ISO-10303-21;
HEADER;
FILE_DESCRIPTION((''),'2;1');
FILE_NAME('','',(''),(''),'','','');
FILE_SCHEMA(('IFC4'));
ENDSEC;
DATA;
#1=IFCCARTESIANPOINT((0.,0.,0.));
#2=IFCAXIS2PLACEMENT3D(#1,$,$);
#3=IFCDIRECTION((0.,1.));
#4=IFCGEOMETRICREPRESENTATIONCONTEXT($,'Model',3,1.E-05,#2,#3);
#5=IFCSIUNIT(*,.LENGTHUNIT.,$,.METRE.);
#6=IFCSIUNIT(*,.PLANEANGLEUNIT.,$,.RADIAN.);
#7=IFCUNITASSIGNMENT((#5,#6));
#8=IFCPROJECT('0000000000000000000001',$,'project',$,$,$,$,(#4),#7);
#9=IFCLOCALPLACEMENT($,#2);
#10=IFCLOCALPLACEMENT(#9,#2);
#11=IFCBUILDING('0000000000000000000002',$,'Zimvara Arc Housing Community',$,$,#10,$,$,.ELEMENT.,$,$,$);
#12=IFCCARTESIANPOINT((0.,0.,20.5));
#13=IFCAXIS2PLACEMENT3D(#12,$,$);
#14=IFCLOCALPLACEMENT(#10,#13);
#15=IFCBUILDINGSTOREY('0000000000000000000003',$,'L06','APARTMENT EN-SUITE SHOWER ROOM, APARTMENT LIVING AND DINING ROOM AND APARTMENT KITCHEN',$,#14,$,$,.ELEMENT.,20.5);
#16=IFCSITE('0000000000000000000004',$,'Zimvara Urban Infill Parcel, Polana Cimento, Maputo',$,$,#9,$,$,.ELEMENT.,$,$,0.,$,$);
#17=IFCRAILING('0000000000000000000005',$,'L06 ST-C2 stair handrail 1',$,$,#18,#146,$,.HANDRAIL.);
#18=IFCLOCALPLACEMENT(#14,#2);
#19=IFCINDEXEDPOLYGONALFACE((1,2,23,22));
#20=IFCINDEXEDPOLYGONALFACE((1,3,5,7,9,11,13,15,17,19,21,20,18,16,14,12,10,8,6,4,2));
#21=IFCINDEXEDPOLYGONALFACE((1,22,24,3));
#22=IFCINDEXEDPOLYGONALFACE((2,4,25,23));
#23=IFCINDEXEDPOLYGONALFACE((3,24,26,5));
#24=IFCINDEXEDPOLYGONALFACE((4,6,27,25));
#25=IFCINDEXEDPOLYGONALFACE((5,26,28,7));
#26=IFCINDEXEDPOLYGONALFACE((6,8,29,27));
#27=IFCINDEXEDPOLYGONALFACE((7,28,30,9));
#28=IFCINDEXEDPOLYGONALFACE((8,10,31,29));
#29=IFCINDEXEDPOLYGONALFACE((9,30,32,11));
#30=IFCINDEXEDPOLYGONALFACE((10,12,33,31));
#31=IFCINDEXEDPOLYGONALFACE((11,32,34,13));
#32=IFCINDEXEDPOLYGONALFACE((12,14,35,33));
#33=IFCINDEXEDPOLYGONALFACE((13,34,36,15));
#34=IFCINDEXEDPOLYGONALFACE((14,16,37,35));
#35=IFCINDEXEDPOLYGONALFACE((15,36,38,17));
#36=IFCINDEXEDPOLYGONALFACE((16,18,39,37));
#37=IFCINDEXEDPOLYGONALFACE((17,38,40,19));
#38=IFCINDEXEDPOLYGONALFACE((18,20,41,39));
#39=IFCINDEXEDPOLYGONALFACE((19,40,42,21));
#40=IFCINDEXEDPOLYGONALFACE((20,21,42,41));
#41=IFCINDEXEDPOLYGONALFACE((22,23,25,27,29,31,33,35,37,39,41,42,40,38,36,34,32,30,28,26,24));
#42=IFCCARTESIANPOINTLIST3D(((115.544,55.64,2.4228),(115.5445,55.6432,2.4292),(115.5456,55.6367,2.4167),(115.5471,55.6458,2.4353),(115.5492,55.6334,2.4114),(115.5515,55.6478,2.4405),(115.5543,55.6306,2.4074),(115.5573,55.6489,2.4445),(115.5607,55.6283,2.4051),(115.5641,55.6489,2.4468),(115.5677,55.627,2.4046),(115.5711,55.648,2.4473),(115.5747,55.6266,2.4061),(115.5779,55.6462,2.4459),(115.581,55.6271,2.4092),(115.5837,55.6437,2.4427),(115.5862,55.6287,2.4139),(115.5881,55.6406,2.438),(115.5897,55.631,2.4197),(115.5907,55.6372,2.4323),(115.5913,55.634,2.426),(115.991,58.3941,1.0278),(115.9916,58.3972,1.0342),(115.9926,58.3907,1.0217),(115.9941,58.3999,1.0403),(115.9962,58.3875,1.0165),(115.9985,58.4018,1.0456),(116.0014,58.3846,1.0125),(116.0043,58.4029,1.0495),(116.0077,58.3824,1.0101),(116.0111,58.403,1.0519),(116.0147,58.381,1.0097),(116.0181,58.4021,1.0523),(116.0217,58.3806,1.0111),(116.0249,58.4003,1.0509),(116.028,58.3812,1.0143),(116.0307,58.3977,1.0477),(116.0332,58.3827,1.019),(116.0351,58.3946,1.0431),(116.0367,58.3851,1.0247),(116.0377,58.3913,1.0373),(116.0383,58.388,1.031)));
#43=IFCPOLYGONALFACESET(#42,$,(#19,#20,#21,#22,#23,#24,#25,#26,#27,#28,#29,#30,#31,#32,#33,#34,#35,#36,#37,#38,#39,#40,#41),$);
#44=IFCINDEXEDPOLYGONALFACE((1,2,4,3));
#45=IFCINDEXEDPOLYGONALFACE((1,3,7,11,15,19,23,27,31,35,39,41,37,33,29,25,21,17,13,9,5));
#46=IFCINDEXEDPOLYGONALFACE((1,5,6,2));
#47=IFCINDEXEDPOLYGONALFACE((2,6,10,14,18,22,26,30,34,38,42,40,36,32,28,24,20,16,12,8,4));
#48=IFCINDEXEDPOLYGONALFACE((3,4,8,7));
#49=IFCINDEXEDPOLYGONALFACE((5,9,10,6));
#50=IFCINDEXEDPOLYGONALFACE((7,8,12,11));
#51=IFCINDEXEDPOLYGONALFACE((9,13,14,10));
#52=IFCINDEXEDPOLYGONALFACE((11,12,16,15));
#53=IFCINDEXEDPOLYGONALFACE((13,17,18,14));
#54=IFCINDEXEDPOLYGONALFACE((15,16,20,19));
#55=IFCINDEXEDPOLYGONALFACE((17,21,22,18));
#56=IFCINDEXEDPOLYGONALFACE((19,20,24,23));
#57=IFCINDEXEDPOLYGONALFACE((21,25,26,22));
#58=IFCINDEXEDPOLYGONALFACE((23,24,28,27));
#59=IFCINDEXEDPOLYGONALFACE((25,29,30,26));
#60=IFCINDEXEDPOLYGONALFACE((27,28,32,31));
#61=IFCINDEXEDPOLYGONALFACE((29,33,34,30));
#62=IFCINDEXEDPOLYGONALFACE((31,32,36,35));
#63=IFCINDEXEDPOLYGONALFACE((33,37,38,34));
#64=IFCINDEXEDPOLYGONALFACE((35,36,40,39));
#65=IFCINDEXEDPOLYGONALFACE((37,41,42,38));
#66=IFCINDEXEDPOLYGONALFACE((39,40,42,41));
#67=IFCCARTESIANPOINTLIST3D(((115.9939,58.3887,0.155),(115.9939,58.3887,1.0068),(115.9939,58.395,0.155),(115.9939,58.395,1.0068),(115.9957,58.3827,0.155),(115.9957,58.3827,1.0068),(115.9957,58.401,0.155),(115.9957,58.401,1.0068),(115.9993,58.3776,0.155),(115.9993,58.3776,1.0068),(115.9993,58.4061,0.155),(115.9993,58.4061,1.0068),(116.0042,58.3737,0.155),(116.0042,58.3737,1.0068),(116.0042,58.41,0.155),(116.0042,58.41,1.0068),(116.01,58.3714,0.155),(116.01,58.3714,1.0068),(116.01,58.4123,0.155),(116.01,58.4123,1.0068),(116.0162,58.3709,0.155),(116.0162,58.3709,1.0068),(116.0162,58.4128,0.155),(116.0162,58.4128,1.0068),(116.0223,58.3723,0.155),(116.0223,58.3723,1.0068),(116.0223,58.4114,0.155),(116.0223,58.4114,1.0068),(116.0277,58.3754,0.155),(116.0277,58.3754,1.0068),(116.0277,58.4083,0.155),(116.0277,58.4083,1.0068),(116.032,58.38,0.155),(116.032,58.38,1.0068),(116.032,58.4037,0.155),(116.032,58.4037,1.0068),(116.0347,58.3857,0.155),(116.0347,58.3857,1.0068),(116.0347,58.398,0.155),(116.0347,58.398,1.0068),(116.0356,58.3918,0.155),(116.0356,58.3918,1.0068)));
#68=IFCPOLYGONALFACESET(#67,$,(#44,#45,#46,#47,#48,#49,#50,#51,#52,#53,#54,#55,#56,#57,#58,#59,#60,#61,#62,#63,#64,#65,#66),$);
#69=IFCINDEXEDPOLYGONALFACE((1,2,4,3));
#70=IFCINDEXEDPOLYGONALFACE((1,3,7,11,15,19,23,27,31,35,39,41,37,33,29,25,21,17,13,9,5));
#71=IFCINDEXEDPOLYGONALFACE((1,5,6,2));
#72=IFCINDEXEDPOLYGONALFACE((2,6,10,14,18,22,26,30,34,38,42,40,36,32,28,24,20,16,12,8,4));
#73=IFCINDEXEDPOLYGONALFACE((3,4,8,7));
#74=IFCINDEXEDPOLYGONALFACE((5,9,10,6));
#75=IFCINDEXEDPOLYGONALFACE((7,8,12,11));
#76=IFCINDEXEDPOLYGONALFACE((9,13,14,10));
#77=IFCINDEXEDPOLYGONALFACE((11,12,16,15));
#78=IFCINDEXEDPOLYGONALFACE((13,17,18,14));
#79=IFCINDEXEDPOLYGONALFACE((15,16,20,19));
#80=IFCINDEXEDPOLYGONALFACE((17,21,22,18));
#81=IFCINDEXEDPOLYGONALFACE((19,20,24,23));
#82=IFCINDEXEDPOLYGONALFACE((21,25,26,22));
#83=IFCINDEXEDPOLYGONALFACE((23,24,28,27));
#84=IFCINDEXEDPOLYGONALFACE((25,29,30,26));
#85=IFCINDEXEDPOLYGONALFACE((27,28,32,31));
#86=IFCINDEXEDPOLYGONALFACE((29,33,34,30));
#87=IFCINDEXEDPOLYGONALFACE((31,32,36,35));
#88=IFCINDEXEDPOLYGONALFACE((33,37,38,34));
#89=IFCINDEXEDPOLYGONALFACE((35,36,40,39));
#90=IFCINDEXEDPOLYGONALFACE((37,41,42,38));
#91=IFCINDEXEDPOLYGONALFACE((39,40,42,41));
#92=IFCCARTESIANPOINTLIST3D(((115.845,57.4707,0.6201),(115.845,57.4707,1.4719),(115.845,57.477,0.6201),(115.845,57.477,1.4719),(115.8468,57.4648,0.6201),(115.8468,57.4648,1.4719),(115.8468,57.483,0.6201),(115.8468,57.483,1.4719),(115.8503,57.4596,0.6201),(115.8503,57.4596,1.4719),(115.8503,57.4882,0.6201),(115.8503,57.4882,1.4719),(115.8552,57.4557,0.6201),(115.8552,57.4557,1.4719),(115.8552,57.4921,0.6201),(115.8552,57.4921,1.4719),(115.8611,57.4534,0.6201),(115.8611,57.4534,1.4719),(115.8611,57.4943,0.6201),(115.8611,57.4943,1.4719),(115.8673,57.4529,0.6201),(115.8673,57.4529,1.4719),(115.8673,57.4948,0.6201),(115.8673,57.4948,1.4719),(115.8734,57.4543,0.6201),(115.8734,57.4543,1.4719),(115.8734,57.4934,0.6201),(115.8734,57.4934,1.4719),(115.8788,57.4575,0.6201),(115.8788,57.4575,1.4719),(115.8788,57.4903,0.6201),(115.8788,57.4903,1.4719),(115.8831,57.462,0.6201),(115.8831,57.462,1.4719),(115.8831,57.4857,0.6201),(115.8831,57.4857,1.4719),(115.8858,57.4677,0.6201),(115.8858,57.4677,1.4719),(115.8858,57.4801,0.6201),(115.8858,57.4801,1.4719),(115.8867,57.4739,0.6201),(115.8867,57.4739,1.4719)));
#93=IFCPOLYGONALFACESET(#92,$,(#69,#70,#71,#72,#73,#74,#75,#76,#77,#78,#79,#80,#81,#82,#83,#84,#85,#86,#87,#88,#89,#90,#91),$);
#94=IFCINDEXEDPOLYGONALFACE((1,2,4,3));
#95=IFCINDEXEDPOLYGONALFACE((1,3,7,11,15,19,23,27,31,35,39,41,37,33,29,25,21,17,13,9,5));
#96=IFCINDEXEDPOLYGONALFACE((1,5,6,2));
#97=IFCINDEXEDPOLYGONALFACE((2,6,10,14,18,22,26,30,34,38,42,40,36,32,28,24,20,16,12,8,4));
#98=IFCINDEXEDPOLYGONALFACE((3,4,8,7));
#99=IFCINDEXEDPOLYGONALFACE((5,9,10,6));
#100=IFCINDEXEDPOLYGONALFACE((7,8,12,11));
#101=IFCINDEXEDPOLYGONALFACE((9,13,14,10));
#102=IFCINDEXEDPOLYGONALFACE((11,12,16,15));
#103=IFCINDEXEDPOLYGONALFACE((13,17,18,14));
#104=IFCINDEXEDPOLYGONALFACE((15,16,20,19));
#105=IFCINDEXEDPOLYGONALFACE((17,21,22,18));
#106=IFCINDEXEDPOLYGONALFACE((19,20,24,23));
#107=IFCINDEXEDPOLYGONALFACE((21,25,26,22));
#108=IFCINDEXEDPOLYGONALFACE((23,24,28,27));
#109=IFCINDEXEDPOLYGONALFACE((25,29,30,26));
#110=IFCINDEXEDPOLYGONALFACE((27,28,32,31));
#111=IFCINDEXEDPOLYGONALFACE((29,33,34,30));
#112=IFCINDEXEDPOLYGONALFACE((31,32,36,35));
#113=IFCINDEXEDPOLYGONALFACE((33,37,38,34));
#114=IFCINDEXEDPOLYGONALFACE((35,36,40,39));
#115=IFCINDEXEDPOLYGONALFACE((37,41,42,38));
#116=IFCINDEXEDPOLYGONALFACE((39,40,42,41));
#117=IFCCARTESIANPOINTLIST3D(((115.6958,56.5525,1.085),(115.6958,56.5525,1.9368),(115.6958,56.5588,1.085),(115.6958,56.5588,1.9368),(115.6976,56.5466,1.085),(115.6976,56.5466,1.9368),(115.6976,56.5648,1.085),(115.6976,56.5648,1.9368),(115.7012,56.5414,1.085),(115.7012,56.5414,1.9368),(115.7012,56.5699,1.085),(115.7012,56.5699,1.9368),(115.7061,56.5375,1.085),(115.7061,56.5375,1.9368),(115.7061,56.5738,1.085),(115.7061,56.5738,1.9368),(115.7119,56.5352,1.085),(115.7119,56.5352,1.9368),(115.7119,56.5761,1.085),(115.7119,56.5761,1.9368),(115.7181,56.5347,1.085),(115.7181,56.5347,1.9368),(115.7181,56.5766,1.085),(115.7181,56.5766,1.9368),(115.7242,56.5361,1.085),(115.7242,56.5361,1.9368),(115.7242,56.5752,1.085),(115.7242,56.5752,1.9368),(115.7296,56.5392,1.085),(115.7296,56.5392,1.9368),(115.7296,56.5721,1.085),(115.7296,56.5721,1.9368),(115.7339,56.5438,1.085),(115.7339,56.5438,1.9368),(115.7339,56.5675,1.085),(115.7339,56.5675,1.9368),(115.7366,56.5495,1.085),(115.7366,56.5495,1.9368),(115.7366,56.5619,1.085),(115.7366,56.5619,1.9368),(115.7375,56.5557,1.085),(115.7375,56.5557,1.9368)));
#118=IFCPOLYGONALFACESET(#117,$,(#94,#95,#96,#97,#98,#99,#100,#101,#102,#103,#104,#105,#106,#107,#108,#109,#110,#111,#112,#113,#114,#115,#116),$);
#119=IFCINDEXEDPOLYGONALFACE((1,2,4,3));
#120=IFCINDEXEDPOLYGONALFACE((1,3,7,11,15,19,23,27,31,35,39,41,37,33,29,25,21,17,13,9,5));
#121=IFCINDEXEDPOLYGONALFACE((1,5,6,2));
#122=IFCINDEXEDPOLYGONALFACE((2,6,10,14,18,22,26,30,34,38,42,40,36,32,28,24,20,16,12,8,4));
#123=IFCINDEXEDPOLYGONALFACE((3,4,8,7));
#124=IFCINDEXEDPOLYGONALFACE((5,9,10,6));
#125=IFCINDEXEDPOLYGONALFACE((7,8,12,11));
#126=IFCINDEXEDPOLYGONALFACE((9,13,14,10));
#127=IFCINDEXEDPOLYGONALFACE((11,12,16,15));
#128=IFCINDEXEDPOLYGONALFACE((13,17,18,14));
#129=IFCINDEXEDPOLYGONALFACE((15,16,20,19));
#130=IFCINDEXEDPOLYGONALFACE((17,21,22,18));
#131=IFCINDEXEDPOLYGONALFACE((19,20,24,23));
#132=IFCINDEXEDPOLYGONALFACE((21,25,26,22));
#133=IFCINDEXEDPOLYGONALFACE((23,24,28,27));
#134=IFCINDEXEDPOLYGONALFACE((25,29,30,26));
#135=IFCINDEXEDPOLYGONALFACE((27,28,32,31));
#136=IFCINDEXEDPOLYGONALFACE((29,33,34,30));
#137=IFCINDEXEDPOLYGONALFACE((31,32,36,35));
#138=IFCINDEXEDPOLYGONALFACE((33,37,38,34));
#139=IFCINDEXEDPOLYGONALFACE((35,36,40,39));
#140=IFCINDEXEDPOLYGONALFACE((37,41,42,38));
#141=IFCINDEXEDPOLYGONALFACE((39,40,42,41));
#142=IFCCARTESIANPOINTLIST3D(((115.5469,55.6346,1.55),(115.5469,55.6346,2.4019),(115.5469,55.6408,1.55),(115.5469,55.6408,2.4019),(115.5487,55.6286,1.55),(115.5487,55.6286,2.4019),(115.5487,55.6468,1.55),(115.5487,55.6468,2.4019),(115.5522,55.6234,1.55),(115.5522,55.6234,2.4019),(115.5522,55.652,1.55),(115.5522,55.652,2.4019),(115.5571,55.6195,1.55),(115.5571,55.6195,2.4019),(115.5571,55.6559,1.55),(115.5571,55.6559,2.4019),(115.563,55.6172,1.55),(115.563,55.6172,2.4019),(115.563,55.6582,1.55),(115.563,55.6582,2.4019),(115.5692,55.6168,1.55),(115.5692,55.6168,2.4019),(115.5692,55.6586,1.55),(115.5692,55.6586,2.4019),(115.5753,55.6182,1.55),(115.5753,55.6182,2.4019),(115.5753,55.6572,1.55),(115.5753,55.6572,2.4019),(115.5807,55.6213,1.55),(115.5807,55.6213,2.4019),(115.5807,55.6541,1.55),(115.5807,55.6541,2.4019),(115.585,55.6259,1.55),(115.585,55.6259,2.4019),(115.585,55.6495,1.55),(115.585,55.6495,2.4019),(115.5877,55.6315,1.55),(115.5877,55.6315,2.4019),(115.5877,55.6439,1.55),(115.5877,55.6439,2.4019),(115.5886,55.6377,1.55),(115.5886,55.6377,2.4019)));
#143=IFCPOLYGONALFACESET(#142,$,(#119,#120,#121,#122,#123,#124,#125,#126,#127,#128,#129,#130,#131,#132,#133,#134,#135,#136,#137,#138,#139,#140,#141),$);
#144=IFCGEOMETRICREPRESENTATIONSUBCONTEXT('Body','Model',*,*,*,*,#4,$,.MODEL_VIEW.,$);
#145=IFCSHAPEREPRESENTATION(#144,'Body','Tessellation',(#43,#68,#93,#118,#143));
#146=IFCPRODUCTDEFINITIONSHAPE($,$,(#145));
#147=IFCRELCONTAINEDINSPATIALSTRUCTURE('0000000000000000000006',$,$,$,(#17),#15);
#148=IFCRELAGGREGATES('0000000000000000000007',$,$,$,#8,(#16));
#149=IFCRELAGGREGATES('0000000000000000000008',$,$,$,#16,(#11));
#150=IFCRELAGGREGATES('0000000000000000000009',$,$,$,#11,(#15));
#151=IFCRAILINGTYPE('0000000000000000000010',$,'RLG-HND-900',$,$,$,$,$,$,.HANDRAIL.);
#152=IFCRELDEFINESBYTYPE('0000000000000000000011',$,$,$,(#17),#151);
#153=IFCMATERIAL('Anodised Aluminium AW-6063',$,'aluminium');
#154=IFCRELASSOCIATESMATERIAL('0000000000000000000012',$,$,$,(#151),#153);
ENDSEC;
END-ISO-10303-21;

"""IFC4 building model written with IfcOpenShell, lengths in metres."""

from ifc_helpers import new_model, si_unit, direction, frame, origin, origin_2d, place, context, subcontext, project, spatial, circle, extrude, material, type_object, element, save


model = new_model("IFC4")

# Units and contexts
model_context = context("Model", 3, precision=1e-05, world=origin(), true_north=direction((0.0, 1.0)))
body_context = subcontext(model_context, "Body", "Model", "MODEL_VIEW")
ifc_project = project(units=[si_unit("LENGTHUNIT", "METRE"), si_unit("PLANEANGLEUNIT", "RADIAN")], contexts=[model_context])

# Site, building, storey
site_placement = place(None, origin())
site = spatial("IfcSite", under=ifc_project, at=site_placement, Name="Zimvara Urban Infill Parcel, Polana Cimento, Maputo", CompositionType="ELEMENT", RefElevation=0.0)
building_placement = place(site_placement, origin())
building = spatial("IfcBuilding", under=site, at=building_placement, Name="Zimvara Arc Housing Community", CompositionType="ELEMENT")
storey_placement = place(building_placement, frame((0.0, 0.0, 20.5)))
storey = spatial("IfcBuildingStorey", under=building, at=storey_placement, Name="L06", Description="APARTMENT EN-SUITE SHOWER ROOM, APARTMENT LIVING AND DINING ROOM AND APARTMENT KITCHEN", CompositionType="ELEMENT", Elevation=20.5)

# Railing
ifc_material_1 = material(Name="Anodised Aluminium AW-6063", Category="aluminium")
railing_type_1 = type_object("IfcRailingType", Name="RLG-HND-900", PredefinedType="HANDRAIL", material=ifc_material_1)
railing_1_placement = place(storey_placement, frame((116.0146, 58.3918, 0.155)))
element("IfcRailing", 1, at=railing_1_placement, inside=storey, type_object=railing_type_1, Name="L06 ST-C2 stair handrail 1", PredefinedType="HANDRAIL", context=body_context, shape_type="SweptSolid", body=[
    extrude(circle(Radius=0.0239, at=origin_2d()), frame((0.0, 0.0, 0.876), z_axis=(-0.143299, -0.882883, 0.447194), x_axis=(0.987083, -0.160212, 0.0)), (0.0, 0.0, 1.0), 3.1194),
    extrude(circle(Radius=0.021, at=origin_2d()), origin(), (0.0, 0.0, 1.0), 0.8518),
    extrude(circle(Radius=0.021, at=origin_2d()), frame((-0.1489, -0.918, 0.4651)), (0.0, 0.0, 1.0), 0.8518),
    extrude(circle(Radius=0.021, at=origin_2d()), frame((-0.2981, -1.8362, 0.9299)), (0.0, 0.0, 1.0), 0.8518),
    extrude(circle(Radius=0.021, at=origin_2d()), frame((-0.447, -2.7542, 1.395)), (0.0, 0.0, 1.0), 0.8518),
])

save(model, "model.ifc")
